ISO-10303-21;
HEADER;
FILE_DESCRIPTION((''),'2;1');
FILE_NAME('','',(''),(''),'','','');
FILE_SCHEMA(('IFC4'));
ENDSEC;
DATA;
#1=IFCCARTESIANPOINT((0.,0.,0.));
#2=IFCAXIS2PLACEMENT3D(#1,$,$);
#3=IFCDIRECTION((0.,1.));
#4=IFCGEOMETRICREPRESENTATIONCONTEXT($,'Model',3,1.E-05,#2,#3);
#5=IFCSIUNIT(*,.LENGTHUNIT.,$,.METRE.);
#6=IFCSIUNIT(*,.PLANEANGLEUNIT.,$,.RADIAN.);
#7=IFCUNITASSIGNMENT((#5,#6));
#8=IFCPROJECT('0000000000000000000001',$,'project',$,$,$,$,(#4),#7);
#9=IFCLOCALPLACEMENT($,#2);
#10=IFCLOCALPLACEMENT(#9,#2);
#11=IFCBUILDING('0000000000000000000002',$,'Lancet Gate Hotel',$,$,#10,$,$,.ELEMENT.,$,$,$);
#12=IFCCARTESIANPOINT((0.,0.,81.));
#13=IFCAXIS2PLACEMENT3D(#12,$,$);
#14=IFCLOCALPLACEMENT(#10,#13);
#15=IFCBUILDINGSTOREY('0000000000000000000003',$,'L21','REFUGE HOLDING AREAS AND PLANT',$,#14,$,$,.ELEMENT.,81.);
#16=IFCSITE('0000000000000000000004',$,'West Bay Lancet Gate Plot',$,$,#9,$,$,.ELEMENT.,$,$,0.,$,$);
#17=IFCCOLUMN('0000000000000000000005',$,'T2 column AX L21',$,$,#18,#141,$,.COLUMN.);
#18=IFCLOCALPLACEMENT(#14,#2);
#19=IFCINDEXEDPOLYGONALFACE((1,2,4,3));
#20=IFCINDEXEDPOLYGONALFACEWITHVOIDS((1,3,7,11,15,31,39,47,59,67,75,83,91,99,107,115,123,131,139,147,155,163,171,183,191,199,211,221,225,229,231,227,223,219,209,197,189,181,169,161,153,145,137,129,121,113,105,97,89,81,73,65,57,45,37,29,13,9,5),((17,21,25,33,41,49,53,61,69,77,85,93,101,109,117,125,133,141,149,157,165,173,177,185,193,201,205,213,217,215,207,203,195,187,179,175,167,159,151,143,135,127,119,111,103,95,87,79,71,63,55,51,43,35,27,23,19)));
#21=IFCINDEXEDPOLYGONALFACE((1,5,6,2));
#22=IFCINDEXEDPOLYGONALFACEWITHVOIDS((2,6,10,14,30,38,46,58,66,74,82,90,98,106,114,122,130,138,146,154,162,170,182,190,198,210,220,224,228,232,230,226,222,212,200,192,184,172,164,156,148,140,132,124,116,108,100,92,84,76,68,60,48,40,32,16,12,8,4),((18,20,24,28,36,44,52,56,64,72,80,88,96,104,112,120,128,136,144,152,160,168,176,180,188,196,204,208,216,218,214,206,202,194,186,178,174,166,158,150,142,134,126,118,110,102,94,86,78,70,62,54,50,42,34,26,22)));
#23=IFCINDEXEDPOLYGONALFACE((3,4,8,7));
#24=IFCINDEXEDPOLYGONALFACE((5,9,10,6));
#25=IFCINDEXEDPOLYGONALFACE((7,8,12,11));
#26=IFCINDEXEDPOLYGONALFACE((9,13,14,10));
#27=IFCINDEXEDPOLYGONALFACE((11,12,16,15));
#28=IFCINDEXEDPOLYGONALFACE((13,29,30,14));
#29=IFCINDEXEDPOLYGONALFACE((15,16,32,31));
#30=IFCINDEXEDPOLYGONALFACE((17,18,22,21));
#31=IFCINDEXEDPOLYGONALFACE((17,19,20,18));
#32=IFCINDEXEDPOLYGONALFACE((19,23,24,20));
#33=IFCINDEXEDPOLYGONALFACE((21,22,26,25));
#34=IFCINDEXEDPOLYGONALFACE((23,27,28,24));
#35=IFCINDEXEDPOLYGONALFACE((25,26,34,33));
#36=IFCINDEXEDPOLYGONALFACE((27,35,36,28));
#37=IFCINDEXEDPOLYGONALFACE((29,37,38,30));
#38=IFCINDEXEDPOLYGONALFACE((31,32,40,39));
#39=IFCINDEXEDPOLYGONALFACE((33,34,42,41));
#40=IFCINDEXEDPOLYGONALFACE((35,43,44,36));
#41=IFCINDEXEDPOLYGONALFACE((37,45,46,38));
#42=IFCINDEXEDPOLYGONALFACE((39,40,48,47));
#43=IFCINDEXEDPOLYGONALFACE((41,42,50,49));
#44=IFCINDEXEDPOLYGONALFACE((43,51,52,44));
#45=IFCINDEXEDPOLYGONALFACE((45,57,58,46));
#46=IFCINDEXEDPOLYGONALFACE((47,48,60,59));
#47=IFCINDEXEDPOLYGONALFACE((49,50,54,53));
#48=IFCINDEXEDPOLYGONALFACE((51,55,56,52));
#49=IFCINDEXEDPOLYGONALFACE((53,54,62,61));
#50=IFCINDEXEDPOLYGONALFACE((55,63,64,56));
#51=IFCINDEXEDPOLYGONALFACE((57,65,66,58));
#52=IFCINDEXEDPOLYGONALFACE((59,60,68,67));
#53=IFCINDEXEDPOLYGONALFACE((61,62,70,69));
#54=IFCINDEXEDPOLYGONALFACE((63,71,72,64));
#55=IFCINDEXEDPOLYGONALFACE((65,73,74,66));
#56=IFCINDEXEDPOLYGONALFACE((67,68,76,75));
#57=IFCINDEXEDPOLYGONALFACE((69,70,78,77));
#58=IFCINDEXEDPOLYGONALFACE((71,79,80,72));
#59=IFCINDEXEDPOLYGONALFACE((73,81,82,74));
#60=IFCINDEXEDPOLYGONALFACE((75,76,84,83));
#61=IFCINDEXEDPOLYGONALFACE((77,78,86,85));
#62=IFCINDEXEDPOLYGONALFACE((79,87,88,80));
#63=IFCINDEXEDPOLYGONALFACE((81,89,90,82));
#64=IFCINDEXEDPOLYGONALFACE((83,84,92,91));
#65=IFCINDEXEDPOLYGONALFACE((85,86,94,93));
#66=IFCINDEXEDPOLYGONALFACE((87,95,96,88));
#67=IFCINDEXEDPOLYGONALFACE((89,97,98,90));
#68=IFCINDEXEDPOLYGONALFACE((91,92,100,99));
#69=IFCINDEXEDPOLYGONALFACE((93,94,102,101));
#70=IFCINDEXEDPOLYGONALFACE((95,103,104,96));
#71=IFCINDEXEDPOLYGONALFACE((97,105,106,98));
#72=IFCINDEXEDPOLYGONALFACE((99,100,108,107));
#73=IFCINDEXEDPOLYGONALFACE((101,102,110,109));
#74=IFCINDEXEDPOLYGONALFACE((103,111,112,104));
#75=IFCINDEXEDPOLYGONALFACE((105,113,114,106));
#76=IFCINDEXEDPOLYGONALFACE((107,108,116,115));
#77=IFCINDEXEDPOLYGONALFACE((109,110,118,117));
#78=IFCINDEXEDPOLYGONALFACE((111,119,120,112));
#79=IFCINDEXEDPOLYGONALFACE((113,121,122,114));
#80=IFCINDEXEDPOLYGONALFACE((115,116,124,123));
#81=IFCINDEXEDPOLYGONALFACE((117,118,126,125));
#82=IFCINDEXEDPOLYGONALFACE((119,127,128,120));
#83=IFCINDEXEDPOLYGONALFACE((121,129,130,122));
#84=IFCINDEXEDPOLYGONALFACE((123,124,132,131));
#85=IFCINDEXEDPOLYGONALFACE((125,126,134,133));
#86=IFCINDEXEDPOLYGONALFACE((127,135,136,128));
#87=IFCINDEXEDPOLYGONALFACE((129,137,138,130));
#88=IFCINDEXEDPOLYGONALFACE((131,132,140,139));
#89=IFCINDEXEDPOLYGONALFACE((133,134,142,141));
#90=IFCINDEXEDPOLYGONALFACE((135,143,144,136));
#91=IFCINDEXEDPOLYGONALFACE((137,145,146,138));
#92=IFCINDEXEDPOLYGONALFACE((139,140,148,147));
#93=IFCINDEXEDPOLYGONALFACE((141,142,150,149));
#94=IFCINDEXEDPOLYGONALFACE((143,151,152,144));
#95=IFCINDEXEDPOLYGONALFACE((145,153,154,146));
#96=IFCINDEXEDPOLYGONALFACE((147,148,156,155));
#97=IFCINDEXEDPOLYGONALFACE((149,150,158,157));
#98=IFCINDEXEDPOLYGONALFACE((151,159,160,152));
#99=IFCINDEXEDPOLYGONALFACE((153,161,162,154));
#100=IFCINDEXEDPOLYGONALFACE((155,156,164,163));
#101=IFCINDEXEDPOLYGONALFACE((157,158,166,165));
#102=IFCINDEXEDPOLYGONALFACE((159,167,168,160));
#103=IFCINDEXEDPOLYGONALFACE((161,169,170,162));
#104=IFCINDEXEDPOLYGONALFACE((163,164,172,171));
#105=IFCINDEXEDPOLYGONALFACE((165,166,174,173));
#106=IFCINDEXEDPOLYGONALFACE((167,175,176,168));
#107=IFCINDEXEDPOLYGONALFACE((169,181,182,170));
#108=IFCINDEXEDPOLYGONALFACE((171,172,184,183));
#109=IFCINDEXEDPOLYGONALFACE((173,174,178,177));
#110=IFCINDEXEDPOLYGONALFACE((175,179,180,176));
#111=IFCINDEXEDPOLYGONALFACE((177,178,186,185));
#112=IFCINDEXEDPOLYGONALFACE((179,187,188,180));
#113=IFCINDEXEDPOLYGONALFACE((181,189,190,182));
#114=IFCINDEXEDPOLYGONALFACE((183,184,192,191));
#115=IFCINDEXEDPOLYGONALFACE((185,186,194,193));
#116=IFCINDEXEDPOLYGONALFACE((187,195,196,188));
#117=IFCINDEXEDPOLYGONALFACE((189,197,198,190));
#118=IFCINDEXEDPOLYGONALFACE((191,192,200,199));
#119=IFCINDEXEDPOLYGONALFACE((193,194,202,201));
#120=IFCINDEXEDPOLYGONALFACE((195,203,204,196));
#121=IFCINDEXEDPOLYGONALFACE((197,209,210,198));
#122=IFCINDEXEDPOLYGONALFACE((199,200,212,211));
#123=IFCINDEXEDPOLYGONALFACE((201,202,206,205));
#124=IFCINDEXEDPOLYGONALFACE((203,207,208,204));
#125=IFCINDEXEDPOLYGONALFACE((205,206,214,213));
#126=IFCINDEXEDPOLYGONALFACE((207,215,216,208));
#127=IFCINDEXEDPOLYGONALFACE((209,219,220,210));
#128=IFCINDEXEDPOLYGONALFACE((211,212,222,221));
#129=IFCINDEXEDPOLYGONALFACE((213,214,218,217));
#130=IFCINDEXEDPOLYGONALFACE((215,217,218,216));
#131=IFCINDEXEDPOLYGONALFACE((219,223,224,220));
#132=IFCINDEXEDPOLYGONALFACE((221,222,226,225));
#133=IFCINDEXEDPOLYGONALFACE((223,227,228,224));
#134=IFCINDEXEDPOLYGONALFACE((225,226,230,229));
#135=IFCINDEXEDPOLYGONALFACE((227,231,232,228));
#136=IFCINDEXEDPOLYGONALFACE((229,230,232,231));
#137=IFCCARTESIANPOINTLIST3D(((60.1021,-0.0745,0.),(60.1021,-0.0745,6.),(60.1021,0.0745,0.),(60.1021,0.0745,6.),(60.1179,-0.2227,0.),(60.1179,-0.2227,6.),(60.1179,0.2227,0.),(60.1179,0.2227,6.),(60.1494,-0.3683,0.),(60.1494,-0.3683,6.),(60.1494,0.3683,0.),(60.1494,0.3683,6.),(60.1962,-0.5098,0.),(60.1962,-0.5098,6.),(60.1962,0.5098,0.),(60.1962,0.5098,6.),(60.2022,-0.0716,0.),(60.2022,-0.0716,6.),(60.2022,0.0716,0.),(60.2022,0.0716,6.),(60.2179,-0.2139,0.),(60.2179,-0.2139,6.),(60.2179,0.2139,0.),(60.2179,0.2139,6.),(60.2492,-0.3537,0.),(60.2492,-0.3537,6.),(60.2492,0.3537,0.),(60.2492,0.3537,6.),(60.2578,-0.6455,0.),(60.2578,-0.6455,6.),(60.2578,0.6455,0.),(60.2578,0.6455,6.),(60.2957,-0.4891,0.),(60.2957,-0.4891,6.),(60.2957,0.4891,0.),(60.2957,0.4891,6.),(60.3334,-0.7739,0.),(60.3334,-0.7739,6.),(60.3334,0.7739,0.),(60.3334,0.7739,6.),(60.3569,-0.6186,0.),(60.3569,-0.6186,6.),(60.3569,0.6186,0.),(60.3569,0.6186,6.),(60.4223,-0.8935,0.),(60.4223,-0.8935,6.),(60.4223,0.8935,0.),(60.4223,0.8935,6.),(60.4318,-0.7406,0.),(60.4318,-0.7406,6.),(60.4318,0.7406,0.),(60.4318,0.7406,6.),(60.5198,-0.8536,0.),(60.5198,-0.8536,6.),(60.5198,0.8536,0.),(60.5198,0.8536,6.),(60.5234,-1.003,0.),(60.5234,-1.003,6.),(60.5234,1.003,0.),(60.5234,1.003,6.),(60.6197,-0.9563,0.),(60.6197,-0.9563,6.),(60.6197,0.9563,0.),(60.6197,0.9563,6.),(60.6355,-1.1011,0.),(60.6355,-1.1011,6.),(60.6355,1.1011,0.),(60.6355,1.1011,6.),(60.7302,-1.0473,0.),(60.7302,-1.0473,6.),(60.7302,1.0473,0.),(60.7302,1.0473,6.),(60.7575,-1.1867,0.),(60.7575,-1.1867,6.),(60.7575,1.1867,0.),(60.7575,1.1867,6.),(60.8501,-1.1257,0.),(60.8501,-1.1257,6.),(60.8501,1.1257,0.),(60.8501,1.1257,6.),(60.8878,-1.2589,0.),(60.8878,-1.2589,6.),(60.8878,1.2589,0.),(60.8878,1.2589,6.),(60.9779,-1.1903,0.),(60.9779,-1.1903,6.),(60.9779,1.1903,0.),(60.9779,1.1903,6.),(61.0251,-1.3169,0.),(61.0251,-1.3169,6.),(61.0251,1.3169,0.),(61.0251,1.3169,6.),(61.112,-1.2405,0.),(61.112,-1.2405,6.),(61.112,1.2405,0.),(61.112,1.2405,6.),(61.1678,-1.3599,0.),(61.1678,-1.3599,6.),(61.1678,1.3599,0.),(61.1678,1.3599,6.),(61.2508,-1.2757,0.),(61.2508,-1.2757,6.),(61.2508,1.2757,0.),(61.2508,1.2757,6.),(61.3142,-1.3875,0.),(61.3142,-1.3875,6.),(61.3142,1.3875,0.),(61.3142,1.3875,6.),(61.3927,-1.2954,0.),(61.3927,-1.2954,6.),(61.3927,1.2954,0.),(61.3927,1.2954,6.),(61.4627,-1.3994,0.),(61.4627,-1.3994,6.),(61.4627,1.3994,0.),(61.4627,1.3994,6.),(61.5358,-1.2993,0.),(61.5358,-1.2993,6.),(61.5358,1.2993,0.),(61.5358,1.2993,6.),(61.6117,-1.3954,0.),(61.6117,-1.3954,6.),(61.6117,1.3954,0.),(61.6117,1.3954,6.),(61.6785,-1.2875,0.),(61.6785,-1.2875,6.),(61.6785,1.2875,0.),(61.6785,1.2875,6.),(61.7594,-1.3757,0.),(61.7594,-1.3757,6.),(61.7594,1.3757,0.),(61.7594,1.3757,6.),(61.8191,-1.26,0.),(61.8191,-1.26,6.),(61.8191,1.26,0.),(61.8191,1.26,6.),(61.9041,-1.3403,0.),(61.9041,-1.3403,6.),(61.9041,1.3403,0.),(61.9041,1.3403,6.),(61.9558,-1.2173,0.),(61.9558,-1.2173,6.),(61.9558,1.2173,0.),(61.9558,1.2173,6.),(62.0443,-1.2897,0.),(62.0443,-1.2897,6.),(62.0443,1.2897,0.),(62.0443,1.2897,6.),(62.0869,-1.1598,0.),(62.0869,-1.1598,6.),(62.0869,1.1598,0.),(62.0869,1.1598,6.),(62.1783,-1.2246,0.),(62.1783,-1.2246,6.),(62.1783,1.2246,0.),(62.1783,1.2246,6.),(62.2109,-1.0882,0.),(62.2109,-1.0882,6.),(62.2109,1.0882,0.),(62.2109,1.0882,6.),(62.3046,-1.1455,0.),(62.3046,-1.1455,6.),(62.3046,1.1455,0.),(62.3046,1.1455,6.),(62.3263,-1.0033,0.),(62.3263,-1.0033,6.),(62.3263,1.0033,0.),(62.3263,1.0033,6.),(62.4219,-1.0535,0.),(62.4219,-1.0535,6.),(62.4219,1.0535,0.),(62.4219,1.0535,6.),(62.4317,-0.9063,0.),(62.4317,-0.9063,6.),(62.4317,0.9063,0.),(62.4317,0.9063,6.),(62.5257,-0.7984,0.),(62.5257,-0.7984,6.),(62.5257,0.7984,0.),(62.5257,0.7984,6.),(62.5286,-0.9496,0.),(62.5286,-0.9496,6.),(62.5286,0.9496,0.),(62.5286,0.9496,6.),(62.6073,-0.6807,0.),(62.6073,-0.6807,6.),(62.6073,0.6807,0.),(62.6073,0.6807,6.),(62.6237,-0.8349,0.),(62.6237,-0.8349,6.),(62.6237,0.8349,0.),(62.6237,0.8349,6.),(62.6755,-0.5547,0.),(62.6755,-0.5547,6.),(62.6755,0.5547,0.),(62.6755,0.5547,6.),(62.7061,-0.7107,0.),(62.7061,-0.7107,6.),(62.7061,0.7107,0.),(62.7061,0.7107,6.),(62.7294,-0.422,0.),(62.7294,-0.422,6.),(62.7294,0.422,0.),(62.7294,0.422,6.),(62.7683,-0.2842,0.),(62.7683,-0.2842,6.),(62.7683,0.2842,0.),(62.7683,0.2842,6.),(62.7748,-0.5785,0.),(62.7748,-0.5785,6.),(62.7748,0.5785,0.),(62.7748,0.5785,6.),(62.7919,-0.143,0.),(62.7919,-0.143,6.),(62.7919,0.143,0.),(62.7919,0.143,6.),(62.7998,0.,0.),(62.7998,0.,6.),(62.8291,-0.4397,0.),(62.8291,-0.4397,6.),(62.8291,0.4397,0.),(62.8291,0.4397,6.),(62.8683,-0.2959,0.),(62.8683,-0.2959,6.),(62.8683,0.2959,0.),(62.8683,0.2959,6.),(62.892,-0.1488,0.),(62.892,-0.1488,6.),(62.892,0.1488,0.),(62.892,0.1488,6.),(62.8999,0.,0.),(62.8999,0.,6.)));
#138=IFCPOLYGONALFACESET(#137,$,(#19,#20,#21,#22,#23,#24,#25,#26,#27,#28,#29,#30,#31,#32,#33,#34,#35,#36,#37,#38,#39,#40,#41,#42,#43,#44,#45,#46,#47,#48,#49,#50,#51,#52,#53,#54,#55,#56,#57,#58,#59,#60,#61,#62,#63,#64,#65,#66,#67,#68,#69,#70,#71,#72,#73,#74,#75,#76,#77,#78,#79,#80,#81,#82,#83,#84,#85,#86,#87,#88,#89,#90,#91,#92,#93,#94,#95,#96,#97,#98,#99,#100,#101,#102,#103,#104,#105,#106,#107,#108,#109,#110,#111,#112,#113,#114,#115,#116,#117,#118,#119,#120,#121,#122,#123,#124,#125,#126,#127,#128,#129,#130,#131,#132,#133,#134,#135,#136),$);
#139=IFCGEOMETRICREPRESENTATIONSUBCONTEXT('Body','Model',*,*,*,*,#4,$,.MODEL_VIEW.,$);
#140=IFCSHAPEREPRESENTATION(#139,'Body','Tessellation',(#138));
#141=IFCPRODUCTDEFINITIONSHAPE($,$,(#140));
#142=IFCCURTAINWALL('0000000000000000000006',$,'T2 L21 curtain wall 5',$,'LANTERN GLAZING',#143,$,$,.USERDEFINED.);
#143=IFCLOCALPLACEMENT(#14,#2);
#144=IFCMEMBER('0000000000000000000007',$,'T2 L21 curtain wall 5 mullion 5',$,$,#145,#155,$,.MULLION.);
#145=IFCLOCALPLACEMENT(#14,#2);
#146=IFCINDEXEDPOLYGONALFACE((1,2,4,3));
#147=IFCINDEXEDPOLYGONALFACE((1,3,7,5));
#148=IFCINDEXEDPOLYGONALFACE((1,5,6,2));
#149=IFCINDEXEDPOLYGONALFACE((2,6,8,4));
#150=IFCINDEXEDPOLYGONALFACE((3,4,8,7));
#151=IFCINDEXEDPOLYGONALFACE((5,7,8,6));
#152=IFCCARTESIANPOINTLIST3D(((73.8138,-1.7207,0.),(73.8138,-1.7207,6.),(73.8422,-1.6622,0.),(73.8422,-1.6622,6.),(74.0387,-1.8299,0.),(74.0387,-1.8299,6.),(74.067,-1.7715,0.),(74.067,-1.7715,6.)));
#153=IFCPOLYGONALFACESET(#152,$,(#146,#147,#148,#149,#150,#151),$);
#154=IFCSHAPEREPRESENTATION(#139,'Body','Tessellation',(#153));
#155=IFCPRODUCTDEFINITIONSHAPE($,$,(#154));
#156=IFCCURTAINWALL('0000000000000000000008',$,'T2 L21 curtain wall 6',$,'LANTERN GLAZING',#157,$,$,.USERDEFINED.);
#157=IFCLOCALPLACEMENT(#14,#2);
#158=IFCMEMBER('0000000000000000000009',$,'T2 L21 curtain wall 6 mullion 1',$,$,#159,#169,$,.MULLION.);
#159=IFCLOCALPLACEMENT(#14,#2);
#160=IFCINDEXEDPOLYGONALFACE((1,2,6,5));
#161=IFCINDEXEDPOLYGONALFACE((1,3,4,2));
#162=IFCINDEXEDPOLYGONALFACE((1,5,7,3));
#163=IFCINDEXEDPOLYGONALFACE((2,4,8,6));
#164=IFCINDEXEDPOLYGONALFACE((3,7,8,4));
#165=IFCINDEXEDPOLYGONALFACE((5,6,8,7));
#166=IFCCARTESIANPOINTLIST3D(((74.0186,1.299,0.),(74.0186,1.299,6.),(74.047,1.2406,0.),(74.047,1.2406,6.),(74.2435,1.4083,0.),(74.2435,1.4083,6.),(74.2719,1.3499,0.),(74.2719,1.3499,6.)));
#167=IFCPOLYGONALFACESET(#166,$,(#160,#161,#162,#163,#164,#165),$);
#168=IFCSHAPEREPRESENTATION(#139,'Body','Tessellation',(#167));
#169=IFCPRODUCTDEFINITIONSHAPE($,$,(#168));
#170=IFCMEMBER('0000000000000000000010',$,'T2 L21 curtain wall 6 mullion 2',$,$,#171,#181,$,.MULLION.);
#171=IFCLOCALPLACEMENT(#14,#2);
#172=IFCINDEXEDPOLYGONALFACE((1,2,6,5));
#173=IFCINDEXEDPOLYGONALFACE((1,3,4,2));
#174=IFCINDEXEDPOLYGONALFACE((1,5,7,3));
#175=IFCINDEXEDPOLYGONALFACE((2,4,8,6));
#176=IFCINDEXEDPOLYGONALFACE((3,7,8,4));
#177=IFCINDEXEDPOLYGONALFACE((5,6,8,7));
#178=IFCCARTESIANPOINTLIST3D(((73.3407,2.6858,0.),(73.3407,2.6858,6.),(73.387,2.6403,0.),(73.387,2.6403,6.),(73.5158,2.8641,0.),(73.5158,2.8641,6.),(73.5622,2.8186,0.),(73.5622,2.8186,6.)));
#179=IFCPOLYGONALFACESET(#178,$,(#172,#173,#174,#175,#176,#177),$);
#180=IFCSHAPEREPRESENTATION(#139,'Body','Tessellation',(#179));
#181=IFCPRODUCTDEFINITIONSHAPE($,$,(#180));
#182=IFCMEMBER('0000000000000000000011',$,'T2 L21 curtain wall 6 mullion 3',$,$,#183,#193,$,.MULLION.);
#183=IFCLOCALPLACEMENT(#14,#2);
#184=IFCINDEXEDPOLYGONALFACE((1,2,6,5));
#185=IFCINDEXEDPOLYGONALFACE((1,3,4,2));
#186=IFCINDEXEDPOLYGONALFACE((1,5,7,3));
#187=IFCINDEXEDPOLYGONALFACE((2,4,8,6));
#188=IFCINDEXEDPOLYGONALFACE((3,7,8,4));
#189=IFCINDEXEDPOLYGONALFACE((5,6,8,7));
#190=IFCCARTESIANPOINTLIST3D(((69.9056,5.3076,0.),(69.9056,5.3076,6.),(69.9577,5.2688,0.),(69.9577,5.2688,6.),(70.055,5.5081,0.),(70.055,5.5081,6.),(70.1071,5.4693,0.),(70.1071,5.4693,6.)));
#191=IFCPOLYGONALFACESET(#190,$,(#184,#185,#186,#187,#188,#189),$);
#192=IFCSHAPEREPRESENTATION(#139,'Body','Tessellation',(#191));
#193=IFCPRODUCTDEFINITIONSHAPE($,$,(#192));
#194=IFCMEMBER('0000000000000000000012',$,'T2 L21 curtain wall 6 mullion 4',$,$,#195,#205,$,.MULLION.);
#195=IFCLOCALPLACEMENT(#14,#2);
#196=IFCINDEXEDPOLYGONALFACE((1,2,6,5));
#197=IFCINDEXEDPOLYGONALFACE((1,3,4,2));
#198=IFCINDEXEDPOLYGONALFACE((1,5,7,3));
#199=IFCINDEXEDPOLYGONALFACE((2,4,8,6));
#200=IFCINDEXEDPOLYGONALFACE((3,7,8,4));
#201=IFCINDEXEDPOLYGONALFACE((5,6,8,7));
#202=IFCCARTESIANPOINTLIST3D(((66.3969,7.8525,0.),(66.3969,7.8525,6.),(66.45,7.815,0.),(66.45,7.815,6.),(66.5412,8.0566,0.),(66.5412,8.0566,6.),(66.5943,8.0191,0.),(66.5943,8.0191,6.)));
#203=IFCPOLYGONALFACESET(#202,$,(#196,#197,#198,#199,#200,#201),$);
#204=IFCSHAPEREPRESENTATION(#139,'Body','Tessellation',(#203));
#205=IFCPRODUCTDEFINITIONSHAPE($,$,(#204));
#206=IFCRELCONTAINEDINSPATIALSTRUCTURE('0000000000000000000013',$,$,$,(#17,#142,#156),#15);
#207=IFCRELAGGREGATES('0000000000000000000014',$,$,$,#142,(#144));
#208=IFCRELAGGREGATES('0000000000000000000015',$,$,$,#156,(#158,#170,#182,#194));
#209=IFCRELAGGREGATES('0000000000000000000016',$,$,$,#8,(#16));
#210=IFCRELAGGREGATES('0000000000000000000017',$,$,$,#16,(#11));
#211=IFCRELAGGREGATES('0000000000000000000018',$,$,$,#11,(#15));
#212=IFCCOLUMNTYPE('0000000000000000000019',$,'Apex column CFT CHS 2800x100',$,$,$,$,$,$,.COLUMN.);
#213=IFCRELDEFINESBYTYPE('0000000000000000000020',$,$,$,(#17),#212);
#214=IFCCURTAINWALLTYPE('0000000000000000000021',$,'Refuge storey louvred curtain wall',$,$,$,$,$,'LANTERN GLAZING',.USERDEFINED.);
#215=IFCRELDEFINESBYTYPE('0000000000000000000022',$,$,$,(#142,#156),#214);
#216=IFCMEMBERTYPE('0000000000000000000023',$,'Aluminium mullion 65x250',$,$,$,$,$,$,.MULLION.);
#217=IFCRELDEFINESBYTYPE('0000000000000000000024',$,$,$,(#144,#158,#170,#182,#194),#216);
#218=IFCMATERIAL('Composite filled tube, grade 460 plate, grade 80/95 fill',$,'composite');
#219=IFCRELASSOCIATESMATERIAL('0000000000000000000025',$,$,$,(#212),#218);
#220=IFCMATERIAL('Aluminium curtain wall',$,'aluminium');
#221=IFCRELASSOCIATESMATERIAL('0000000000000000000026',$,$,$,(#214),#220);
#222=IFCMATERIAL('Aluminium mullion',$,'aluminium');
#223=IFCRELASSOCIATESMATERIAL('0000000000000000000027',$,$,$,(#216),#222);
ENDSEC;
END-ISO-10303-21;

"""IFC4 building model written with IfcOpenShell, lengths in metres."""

from ifc_helpers import new_model, si_unit, direction, frame, origin, origin_2d, place, context, subcontext, project, spatial, rectangle, hollow_circle, extrude, material, material_profile, profile_set, type_object, element, aggregate, save


model = new_model("IFC4")

# Units and contexts
model_context = context("Model", 3, precision=1e-05, world=origin(), true_north=direction((0.0, 1.0)))
body_context = subcontext(model_context, "Body", "Model", "MODEL_VIEW")
ifc_project = project(units=[si_unit("LENGTHUNIT", "METRE"), si_unit("PLANEANGLEUNIT", "RADIAN")], contexts=[model_context])

# Site, building, storey
site_placement = place(None, origin())
site = spatial("IfcSite", under=ifc_project, at=site_placement, Name="West Bay Lancet Gate Plot", CompositionType="ELEMENT", RefElevation=0.0)
building_placement = place(site_placement, origin())
building = spatial("IfcBuilding", under=site, at=building_placement, Name="Lancet Gate Hotel", CompositionType="ELEMENT")
storey_placement = place(building_placement, frame((0.0, 0.0, 81.0)))
storey = spatial("IfcBuildingStorey", under=building, at=storey_placement, Name="L21", Description="REFUGE HOLDING AREAS AND PLANT", CompositionType="ELEMENT", Elevation=81.0)

# Column
ifc_material_1 = material(Name="Composite filled tube, grade 460 plate, grade 80/95 fill", Category="composite")
ifc_material_profile_1 = material_profile(ifc_material_1, hollow_circle(Radius=1.3999, WallThickness=0.1001, at=origin_2d()), Name="CHS 2800x100")
ifc_profile_set_1 = profile_set([ifc_material_profile_1], Name="Composite filled tube, grade 460 plate, grade 80/95 fill")
column_type = type_object("IfcColumnType", Name="Apex column CFT CHS 2800x100", PredefinedType="COLUMN", material=ifc_profile_set_1)
column_placement = place(storey_placement, frame((61.5, 0.0, 0.0), z_axis=(0.0, 0.0, 1.0), x_axis=(1.0, 0.0, 0.0)))
element("IfcColumn", 1, at=column_placement, inside=storey, type_object=column_type, Name="T2 column AX L21", PredefinedType="COLUMN", context=body_context, shape_type="SweptSolid", body=[
    extrude(hollow_circle(Radius=1.3999, WallThickness=0.1001, at=origin_2d()), origin(), (0.0, 0.0, 1.0), 6.0),
])

# Curtain wall, member
ifc_material_2 = material(Name="Aluminium curtain wall", Category="aluminium")
curtain_wall_type = type_object("IfcCurtainWallType", Name="Refuge storey louvred curtain wall", ElementType="LANTERN GLAZING", PredefinedType="USERDEFINED", material=ifc_material_2)
curtain_wall_1_placement = place(storey_placement, origin())
curtain_wall_1 = element("IfcCurtainWall", 2, at=curtain_wall_1_placement, inside=storey, type_object=curtain_wall_type, Name="T2 L21 curtain wall 5", ObjectType="LANTERN GLAZING", PredefinedType="USERDEFINED")
ifc_material_3 = material(Name="Aluminium mullion", Category="aluminium")
ifc_material_profile_2 = material_profile(ifc_material_3, rectangle(XDim=0.0649, YDim=0.25, at=origin_2d()), Name="MULLION 65x250")
ifc_profile_set_2 = profile_set([ifc_material_profile_2], Name="Aluminium mullion")
member_type_1 = type_object("IfcMemberType", Name="Aluminium mullion 65x250", PredefinedType="MULLION", material=ifc_profile_set_2)
member_1_placement = place(storey_placement, frame((73.9404, -1.7461, 0.0), z_axis=(0.0, 0.0, 1.0), x_axis=(0.437169, 0.899379, 0.0)))
member_1 = element("IfcMember", 3, at=member_1_placement, type_object=member_type_1, Name="T2 L21 curtain wall 5 mullion 5", PredefinedType="MULLION", context=body_context, shape_type="SweptSolid", body=[
    extrude(rectangle(XDim=0.0649, YDim=0.25, at=origin_2d()), origin(), (0.0, 0.0, 1.0), 6.0),
])
aggregate(curtain_wall_1, [member_1])

# Curtain wall, members
curtain_wall_2_placement = place(storey_placement, origin())
curtain_wall_2 = element("IfcCurtainWall", 4, at=curtain_wall_2_placement, inside=storey, type_object=curtain_wall_type, Name="T2 L21 curtain wall 6", ObjectType="LANTERN GLAZING", PredefinedType="USERDEFINED")
member_2_placement = place(storey_placement, frame((74.1453, 1.3245, 0.0), z_axis=(0.0, 0.0, 1.0), x_axis=(-0.437169, 0.899379, 0.0)))
member_2 = element("IfcMember", 5, at=member_2_placement, type_object=member_type_1, Name="T2 L21 curtain wall 6 mullion 1", PredefinedType="MULLION", context=body_context, shape_type="SweptSolid", body=[
    extrude(rectangle(XDim=0.0649, YDim=0.25, at=origin_2d()), origin(), (0.0, 0.0, 1.0), 6.0),
])
member_3_placement = place(storey_placement, frame((73.4514, 2.7522, 0.0), z_axis=(0.0, 0.0, 1.0), x_axis=(-0.713542, 0.700612, 0.0)))
member_3 = element("IfcMember", 6, at=member_3_placement, type_object=member_type_1, Name="T2 L21 curtain wall 6 mullion 2", PredefinedType="MULLION", context=body_context, shape_type="SweptSolid", body=[
    extrude(rectangle(XDim=0.0649, YDim=0.25, at=origin_2d()), origin(), (0.0, 0.0, 1.0), 6.0),
])
member_4_placement = place(storey_placement, frame((70.0063, 5.3884, 0.0), z_axis=(0.0, 0.0, 1.0), x_axis=(-0.80183, 0.597552, 0.0)))
member_4 = element("IfcMember", 7, at=member_4_placement, type_object=member_type_1, Name="T2 L21 curtain wall 6 mullion 3", PredefinedType="MULLION", context=body_context, shape_type="SweptSolid", body=[
    extrude(rectangle(XDim=0.0649, YDim=0.25, at=origin_2d()), origin(), (0.0, 0.0, 1.0), 6.0),
])
member_5_placement = place(storey_placement, frame((66.4956, 7.9358, 0.0), z_axis=(0.0, 0.0, 1.0), x_axis=(-0.816575, 0.577239, 0.0)))
member_5 = element("IfcMember", 8, at=member_5_placement, type_object=member_type_1, Name="T2 L21 curtain wall 6 mullion 4", PredefinedType="MULLION", context=body_context, shape_type="SweptSolid", body=[
    extrude(rectangle(XDim=0.0649, YDim=0.25, at=origin_2d()), origin(), (0.0, 0.0, 1.0), 6.0),
])

aggregate(curtain_wall_2, [member_2, member_3, member_4, member_5])

save(model, "model.ifc")
